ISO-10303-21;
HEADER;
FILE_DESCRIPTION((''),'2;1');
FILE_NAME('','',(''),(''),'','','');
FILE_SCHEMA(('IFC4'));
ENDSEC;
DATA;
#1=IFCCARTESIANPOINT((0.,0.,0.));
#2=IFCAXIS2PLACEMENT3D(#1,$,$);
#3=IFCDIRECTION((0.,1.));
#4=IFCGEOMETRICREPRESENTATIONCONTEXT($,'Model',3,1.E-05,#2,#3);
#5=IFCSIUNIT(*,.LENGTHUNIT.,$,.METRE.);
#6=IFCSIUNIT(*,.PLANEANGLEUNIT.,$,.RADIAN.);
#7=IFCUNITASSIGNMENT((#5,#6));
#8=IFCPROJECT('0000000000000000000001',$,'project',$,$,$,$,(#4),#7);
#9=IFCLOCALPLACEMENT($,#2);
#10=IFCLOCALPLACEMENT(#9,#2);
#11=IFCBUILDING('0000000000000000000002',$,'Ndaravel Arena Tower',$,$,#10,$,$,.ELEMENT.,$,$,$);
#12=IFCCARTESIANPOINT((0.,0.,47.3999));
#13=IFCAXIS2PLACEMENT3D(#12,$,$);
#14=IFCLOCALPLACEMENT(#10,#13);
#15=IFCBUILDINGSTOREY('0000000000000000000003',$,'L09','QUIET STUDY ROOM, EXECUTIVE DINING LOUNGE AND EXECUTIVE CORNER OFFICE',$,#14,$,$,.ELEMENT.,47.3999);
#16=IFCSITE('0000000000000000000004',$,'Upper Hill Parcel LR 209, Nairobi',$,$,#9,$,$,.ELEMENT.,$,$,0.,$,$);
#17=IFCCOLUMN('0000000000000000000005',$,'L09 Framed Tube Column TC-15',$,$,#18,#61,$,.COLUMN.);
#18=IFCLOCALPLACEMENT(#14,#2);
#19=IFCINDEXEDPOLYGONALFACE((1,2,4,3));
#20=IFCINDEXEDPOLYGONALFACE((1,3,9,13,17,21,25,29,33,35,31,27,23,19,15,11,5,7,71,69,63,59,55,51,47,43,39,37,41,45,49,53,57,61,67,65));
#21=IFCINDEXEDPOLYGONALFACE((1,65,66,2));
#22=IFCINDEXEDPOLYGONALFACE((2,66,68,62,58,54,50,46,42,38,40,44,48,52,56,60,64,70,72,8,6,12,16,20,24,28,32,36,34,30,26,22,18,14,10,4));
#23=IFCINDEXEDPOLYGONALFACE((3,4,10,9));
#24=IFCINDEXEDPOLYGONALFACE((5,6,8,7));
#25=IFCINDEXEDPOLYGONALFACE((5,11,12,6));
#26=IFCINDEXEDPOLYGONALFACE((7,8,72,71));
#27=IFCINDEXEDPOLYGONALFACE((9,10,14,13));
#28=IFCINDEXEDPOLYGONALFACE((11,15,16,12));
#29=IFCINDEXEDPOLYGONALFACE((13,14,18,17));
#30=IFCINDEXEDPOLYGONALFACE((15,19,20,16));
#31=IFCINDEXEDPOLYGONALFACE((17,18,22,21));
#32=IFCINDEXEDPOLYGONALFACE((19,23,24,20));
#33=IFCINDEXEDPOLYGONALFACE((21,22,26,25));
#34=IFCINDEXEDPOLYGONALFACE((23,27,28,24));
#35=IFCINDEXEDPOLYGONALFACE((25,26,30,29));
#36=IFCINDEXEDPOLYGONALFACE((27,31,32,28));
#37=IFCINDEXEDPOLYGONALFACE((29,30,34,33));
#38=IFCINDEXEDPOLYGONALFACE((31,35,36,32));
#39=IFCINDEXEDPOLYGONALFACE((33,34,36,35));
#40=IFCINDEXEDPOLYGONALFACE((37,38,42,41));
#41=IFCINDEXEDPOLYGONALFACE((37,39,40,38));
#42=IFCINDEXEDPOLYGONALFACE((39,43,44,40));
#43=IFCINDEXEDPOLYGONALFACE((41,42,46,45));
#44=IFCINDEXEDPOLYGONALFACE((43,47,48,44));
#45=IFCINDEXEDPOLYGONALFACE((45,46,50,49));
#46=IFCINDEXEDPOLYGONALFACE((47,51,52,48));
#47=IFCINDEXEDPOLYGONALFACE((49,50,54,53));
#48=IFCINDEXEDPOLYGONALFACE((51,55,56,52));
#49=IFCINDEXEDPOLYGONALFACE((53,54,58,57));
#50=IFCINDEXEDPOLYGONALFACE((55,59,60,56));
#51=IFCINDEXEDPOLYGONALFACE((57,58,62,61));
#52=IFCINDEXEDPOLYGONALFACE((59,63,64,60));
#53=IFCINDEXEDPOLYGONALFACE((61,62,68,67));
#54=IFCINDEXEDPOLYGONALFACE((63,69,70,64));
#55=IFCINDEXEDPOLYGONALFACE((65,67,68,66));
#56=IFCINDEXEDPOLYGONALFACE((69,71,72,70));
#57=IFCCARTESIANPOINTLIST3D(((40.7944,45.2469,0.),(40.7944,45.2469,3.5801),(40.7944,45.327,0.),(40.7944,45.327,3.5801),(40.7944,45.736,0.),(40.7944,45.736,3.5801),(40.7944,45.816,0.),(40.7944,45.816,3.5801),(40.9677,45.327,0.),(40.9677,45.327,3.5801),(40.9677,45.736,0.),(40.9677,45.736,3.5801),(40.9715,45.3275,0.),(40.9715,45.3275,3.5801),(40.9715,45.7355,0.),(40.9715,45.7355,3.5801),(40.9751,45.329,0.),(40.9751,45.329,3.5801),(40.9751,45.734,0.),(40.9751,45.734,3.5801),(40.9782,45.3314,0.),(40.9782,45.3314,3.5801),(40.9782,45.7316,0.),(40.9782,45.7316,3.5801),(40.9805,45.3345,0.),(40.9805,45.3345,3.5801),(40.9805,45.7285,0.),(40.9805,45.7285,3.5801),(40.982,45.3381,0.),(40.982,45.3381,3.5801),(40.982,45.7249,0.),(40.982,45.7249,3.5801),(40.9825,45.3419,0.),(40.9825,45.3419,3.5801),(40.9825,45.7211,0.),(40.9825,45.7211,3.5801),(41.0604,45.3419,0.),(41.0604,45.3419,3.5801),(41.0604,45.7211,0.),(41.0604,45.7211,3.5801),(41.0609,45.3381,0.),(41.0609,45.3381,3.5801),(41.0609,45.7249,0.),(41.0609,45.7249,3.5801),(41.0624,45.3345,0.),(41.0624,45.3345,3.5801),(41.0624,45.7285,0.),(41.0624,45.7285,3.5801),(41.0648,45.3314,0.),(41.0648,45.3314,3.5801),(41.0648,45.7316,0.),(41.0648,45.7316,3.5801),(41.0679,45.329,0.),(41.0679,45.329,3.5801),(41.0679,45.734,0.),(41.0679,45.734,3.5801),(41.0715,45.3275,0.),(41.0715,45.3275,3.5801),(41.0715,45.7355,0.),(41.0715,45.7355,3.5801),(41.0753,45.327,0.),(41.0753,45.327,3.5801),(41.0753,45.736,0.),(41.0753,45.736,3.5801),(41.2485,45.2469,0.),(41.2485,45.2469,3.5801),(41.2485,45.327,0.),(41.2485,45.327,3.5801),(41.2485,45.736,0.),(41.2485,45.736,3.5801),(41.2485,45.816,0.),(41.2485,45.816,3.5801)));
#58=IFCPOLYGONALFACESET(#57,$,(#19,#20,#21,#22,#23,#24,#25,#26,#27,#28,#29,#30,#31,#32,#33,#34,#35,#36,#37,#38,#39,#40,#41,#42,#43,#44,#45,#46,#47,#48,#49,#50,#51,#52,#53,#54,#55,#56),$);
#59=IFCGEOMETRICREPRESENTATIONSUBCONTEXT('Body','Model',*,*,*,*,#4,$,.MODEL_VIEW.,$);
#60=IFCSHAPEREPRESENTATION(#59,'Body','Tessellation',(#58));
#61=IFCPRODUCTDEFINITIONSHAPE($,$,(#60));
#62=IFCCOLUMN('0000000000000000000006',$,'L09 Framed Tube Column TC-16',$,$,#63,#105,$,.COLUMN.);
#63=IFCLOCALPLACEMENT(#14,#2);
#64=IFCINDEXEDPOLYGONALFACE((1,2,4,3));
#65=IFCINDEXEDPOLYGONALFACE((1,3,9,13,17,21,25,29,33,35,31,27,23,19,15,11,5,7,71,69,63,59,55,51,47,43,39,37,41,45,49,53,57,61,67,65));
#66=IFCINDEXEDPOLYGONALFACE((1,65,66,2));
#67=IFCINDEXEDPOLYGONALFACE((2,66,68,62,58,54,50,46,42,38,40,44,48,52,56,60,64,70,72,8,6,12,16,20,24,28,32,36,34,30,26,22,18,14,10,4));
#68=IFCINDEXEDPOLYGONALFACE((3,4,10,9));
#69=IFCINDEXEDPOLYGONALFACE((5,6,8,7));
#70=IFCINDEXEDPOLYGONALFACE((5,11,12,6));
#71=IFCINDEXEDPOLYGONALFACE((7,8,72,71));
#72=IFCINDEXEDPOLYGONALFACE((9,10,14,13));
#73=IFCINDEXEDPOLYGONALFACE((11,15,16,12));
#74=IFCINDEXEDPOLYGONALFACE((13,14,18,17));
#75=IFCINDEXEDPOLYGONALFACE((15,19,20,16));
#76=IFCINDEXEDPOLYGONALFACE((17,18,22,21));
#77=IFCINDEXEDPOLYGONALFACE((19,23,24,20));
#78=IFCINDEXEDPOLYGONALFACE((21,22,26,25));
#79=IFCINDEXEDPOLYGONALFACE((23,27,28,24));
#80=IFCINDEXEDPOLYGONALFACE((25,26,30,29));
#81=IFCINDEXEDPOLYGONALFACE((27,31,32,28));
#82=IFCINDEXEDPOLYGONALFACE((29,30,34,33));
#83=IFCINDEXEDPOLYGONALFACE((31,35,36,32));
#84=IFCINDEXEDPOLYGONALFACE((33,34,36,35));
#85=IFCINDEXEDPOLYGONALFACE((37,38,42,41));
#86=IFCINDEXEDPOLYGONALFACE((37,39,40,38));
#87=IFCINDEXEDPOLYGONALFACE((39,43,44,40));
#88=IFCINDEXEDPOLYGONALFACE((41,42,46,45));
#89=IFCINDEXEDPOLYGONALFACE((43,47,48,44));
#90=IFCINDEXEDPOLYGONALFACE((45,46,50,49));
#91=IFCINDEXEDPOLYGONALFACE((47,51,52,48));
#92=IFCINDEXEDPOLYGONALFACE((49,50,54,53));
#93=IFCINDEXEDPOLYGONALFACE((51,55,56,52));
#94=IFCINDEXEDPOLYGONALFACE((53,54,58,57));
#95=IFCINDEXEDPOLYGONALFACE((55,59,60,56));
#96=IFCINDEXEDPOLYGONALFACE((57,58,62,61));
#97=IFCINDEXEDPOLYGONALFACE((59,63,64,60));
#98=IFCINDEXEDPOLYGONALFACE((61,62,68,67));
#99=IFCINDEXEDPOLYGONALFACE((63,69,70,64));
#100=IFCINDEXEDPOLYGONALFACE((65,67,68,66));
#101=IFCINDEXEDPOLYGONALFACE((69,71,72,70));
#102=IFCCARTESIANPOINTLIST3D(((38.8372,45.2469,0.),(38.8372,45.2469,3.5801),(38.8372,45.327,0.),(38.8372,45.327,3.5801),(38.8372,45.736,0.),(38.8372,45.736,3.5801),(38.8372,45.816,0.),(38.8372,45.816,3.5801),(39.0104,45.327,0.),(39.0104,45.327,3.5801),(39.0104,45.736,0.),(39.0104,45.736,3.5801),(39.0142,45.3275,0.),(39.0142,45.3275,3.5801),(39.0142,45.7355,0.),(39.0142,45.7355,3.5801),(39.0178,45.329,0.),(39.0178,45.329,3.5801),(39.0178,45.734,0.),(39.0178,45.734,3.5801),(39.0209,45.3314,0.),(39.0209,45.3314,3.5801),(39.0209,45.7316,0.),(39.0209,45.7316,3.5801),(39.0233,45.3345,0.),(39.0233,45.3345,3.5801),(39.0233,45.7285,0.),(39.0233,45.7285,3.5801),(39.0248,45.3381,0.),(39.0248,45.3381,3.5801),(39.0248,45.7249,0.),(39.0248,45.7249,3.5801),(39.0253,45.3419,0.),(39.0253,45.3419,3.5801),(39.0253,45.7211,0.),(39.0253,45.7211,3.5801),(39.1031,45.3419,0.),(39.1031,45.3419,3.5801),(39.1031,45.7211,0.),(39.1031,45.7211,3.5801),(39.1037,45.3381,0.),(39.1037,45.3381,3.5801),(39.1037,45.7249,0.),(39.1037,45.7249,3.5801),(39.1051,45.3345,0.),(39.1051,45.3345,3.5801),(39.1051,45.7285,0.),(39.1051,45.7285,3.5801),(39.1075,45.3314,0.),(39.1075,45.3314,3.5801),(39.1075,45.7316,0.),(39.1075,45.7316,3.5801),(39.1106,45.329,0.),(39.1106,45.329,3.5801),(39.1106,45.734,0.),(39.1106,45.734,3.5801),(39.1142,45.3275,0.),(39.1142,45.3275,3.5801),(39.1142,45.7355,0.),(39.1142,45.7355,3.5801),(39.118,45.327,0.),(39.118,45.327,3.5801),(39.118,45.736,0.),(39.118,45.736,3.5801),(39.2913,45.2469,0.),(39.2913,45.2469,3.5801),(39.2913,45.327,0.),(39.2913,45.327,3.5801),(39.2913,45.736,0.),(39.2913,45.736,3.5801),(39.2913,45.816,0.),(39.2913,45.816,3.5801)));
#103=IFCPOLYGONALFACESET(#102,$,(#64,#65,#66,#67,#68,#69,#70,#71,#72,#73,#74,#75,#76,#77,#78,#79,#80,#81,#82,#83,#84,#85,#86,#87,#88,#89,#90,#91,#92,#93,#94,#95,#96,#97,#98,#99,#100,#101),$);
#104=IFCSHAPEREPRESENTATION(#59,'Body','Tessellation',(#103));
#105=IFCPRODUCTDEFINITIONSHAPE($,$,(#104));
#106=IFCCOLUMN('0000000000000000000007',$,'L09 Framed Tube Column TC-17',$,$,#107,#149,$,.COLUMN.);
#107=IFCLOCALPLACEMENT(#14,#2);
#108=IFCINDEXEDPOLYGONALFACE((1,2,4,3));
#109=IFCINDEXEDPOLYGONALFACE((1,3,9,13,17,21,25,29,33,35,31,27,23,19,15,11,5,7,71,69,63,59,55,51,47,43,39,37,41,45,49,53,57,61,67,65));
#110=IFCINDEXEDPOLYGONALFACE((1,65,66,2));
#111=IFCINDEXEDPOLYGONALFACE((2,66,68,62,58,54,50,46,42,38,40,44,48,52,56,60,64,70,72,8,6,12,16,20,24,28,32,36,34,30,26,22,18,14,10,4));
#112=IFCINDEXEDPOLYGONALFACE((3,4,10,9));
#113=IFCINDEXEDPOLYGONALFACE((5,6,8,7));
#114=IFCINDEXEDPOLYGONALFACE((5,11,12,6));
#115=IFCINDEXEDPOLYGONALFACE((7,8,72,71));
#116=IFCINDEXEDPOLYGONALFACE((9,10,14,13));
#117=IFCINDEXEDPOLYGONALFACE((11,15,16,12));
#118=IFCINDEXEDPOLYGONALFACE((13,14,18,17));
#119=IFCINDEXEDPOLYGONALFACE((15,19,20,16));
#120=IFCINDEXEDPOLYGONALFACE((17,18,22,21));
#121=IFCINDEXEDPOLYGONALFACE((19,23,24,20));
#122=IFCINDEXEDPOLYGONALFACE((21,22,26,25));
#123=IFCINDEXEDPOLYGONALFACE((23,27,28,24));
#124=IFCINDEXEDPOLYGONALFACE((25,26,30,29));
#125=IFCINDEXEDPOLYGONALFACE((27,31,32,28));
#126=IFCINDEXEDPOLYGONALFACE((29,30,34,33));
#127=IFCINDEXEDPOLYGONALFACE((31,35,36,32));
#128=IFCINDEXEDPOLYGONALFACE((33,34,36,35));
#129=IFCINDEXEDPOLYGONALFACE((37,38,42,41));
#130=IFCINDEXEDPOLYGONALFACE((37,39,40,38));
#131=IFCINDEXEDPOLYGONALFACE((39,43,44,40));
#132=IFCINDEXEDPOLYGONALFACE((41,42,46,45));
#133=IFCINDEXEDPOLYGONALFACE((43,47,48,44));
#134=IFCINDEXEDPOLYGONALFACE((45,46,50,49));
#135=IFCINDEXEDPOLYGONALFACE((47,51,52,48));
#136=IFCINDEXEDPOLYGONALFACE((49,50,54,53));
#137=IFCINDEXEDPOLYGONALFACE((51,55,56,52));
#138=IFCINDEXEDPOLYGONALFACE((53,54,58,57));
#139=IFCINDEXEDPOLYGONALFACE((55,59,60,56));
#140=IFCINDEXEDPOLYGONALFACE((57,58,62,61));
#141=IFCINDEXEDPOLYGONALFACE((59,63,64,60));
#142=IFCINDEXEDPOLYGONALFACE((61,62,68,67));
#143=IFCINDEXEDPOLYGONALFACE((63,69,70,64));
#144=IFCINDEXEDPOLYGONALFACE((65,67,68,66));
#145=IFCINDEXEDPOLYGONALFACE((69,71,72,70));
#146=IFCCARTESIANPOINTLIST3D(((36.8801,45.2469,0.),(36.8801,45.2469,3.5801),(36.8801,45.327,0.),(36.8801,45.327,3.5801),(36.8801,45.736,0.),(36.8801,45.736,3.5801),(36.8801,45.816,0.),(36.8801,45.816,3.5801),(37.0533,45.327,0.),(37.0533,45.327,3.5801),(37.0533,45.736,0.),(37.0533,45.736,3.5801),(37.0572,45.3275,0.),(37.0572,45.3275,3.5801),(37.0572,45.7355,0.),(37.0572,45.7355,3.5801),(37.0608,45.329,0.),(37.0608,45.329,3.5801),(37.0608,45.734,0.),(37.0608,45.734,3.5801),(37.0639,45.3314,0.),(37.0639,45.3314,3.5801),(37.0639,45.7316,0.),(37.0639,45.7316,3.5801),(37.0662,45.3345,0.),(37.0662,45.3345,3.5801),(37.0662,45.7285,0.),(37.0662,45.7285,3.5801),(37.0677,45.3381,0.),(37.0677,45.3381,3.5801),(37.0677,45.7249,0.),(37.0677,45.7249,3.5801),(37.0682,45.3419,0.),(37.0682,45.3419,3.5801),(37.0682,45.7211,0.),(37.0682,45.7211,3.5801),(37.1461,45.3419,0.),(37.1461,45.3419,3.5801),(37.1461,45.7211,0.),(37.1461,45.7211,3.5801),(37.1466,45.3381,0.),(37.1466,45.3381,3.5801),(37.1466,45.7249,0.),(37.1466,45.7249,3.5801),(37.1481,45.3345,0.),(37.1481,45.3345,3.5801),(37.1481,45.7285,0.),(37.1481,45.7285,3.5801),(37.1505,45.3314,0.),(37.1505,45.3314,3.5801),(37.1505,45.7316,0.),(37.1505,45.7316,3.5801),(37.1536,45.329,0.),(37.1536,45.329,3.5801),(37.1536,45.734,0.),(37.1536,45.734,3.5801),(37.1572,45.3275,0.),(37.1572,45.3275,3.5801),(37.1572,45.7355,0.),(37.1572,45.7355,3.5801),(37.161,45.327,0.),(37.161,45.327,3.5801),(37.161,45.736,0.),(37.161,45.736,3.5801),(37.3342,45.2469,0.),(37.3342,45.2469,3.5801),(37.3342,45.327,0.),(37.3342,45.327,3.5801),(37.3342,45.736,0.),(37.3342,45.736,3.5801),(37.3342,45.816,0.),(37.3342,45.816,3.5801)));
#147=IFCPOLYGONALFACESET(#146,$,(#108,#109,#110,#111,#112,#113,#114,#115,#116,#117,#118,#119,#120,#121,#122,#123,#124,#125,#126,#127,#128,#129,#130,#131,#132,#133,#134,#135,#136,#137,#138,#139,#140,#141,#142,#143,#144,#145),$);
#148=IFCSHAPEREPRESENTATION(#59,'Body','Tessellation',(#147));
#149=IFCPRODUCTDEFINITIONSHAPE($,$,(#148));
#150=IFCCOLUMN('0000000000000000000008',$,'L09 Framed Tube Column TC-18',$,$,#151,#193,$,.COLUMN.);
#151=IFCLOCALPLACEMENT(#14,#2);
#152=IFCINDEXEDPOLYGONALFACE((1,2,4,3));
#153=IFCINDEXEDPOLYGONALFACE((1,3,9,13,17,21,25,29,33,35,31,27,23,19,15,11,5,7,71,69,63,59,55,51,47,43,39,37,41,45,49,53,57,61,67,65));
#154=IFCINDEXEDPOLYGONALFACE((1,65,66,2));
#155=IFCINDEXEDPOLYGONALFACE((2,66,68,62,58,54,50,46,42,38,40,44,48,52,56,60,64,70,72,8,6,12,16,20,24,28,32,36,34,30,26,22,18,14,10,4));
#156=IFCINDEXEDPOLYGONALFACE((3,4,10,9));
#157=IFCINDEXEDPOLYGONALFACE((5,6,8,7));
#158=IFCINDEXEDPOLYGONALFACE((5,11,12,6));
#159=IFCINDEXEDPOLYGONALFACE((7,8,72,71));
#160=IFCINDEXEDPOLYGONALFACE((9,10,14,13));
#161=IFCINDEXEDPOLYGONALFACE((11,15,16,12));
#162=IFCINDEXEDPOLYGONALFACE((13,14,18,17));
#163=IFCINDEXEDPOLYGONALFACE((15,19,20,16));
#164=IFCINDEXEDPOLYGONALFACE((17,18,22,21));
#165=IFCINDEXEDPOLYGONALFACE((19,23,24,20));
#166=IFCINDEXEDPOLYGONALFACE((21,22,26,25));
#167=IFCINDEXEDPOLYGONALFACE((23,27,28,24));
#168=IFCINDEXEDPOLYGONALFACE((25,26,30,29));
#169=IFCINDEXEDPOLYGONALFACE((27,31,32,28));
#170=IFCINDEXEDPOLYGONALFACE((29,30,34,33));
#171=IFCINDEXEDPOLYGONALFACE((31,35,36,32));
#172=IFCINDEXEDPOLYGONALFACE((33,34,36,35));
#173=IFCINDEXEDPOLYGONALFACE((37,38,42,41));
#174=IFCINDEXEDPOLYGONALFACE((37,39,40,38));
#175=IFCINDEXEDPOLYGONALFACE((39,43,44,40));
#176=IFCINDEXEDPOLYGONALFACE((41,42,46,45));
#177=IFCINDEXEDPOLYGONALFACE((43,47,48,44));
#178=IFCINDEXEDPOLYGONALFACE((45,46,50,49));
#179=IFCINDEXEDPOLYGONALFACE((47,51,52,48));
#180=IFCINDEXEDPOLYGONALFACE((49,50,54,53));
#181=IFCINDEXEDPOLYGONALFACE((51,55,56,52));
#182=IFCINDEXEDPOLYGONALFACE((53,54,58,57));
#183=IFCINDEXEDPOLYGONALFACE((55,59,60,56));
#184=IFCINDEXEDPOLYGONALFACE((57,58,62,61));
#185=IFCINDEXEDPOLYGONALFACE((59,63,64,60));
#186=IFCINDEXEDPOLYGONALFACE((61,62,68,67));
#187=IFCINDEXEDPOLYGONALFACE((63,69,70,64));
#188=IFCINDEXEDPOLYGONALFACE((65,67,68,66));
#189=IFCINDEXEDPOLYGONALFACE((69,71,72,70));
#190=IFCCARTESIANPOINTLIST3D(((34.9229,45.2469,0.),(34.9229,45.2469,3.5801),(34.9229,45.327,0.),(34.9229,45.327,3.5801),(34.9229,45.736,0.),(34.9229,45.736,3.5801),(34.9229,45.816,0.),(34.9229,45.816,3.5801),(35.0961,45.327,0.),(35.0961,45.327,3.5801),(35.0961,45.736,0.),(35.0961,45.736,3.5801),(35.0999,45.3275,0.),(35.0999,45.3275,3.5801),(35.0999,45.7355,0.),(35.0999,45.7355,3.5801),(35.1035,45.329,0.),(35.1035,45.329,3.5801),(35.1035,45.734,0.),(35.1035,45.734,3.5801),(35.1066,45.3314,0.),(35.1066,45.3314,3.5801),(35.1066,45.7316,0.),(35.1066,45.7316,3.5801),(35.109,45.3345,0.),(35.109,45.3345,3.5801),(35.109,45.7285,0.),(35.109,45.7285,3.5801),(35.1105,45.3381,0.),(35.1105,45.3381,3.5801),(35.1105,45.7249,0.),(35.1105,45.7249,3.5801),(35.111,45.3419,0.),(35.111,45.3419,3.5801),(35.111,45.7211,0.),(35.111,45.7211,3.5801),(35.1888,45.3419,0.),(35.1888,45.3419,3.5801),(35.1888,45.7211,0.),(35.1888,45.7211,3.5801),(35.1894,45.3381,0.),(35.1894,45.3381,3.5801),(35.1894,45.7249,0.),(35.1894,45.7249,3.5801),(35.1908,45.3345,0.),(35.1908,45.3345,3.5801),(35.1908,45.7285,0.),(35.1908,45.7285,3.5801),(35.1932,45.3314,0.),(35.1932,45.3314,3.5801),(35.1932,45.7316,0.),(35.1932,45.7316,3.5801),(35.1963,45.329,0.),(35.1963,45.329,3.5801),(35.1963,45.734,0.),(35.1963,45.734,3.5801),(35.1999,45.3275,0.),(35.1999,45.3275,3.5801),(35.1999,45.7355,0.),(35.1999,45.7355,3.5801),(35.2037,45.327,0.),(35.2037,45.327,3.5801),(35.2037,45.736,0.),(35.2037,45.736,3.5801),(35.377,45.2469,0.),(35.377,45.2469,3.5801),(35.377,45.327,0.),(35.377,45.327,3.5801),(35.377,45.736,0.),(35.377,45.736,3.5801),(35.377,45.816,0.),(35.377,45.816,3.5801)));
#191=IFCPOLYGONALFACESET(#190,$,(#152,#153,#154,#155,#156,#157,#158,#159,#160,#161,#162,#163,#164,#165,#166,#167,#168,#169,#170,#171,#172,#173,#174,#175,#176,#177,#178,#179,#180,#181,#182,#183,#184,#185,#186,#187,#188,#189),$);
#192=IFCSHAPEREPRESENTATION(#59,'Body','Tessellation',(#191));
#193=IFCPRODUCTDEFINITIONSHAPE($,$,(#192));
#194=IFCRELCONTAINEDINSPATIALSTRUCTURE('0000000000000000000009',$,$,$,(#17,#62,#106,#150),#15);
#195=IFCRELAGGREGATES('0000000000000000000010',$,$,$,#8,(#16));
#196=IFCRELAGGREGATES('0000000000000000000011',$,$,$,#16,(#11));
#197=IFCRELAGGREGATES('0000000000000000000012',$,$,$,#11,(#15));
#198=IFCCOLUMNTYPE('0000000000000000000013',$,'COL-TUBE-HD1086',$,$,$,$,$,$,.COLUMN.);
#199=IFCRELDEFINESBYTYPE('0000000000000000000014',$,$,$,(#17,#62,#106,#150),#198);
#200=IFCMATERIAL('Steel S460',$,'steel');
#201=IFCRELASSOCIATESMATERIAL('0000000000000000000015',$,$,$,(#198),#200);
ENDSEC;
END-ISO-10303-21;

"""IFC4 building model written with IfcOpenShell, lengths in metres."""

from ifc_helpers import new_model, si_unit, direction, frame, origin, origin_2d, place, context, subcontext, project, spatial, i_section, extrude, material, material_profile, profile_set, type_object, element, save


model = new_model("IFC4")

# Units and contexts
model_context = context("Model", 3, precision=1e-05, world=origin(), true_north=direction((0.0, 1.0)))
body_context = subcontext(model_context, "Body", "Model", "MODEL_VIEW")
ifc_project = project(units=[si_unit("LENGTHUNIT", "METRE"), si_unit("PLANEANGLEUNIT", "RADIAN")], contexts=[model_context])

# Site, building, storey
site_placement = place(None, origin())
site = spatial("IfcSite", under=ifc_project, at=site_placement, Name="Upper Hill Parcel LR 209, Nairobi", CompositionType="ELEMENT", RefElevation=0.0)
building_placement = place(site_placement, origin())
building = spatial("IfcBuilding", under=site, at=building_placement, Name="Ndaravel Arena Tower", CompositionType="ELEMENT")
storey_placement = place(building_placement, frame((0.0, 0.0, 47.3999)))
storey = spatial("IfcBuildingStorey", under=building, at=storey_placement, Name="L09", Description="QUIET STUDY ROOM, EXECUTIVE DINING LOUNGE AND EXECUTIVE CORNER OFFICE", CompositionType="ELEMENT", Elevation=47.3999)

# Columns
ifc_material_1 = material(Name="Steel S460", Category="steel")
ifc_material_profile_1 = material_profile(ifc_material_1, i_section(OverallWidth=0.4541, OverallDepth=0.5691, WebThickness=0.0779, FlangeThickness=0.0801, FilletRadius=0.0149, at=origin_2d()), Name="HD 400x1086")
ifc_profile_set_1 = profile_set([ifc_material_profile_1], Name="Steel S460")
column_type = type_object("IfcColumnType", Name="COL-TUBE-HD1086", PredefinedType="COLUMN", material=ifc_profile_set_1)
for number, where, z_axis, x_axis, name in (
    (1, (41.0215, 45.5315, 0.0), (0.0, 0.0, 1.0), (1.0, 0.0, 0.0), "L09 Framed Tube Column TC-15"),
    (2, (39.0642, 45.5315, 0.0), (0.0, 0.0, 1.0), (1.0, 0.0, 0.0), "L09 Framed Tube Column TC-16"),
    (3, (37.1072, 45.5315, 0.0), (0.0, 0.0, 1.0), (1.0, 0.0, 0.0), "L09 Framed Tube Column TC-17"),
    (4, (35.1499, 45.5315, 0.0), (0.0, 0.0, 1.0), (1.0, 0.0, 0.0), "L09 Framed Tube Column TC-18"),
):
    element("IfcColumn", number, at=place(storey_placement, frame(where, z_axis=z_axis, x_axis=x_axis)), inside=storey, type_object=column_type, Name=name, PredefinedType="COLUMN", context=body_context, shape_type="SweptSolid", body=[
        extrude(i_section(OverallWidth=0.4541, OverallDepth=0.5691, WebThickness=0.0779, FlangeThickness=0.0801, FilletRadius=0.0149, at=origin_2d()), origin(), (0.0, 0.0, 1.0), 3.5801),
    ])

save(model, "model.ifc")
